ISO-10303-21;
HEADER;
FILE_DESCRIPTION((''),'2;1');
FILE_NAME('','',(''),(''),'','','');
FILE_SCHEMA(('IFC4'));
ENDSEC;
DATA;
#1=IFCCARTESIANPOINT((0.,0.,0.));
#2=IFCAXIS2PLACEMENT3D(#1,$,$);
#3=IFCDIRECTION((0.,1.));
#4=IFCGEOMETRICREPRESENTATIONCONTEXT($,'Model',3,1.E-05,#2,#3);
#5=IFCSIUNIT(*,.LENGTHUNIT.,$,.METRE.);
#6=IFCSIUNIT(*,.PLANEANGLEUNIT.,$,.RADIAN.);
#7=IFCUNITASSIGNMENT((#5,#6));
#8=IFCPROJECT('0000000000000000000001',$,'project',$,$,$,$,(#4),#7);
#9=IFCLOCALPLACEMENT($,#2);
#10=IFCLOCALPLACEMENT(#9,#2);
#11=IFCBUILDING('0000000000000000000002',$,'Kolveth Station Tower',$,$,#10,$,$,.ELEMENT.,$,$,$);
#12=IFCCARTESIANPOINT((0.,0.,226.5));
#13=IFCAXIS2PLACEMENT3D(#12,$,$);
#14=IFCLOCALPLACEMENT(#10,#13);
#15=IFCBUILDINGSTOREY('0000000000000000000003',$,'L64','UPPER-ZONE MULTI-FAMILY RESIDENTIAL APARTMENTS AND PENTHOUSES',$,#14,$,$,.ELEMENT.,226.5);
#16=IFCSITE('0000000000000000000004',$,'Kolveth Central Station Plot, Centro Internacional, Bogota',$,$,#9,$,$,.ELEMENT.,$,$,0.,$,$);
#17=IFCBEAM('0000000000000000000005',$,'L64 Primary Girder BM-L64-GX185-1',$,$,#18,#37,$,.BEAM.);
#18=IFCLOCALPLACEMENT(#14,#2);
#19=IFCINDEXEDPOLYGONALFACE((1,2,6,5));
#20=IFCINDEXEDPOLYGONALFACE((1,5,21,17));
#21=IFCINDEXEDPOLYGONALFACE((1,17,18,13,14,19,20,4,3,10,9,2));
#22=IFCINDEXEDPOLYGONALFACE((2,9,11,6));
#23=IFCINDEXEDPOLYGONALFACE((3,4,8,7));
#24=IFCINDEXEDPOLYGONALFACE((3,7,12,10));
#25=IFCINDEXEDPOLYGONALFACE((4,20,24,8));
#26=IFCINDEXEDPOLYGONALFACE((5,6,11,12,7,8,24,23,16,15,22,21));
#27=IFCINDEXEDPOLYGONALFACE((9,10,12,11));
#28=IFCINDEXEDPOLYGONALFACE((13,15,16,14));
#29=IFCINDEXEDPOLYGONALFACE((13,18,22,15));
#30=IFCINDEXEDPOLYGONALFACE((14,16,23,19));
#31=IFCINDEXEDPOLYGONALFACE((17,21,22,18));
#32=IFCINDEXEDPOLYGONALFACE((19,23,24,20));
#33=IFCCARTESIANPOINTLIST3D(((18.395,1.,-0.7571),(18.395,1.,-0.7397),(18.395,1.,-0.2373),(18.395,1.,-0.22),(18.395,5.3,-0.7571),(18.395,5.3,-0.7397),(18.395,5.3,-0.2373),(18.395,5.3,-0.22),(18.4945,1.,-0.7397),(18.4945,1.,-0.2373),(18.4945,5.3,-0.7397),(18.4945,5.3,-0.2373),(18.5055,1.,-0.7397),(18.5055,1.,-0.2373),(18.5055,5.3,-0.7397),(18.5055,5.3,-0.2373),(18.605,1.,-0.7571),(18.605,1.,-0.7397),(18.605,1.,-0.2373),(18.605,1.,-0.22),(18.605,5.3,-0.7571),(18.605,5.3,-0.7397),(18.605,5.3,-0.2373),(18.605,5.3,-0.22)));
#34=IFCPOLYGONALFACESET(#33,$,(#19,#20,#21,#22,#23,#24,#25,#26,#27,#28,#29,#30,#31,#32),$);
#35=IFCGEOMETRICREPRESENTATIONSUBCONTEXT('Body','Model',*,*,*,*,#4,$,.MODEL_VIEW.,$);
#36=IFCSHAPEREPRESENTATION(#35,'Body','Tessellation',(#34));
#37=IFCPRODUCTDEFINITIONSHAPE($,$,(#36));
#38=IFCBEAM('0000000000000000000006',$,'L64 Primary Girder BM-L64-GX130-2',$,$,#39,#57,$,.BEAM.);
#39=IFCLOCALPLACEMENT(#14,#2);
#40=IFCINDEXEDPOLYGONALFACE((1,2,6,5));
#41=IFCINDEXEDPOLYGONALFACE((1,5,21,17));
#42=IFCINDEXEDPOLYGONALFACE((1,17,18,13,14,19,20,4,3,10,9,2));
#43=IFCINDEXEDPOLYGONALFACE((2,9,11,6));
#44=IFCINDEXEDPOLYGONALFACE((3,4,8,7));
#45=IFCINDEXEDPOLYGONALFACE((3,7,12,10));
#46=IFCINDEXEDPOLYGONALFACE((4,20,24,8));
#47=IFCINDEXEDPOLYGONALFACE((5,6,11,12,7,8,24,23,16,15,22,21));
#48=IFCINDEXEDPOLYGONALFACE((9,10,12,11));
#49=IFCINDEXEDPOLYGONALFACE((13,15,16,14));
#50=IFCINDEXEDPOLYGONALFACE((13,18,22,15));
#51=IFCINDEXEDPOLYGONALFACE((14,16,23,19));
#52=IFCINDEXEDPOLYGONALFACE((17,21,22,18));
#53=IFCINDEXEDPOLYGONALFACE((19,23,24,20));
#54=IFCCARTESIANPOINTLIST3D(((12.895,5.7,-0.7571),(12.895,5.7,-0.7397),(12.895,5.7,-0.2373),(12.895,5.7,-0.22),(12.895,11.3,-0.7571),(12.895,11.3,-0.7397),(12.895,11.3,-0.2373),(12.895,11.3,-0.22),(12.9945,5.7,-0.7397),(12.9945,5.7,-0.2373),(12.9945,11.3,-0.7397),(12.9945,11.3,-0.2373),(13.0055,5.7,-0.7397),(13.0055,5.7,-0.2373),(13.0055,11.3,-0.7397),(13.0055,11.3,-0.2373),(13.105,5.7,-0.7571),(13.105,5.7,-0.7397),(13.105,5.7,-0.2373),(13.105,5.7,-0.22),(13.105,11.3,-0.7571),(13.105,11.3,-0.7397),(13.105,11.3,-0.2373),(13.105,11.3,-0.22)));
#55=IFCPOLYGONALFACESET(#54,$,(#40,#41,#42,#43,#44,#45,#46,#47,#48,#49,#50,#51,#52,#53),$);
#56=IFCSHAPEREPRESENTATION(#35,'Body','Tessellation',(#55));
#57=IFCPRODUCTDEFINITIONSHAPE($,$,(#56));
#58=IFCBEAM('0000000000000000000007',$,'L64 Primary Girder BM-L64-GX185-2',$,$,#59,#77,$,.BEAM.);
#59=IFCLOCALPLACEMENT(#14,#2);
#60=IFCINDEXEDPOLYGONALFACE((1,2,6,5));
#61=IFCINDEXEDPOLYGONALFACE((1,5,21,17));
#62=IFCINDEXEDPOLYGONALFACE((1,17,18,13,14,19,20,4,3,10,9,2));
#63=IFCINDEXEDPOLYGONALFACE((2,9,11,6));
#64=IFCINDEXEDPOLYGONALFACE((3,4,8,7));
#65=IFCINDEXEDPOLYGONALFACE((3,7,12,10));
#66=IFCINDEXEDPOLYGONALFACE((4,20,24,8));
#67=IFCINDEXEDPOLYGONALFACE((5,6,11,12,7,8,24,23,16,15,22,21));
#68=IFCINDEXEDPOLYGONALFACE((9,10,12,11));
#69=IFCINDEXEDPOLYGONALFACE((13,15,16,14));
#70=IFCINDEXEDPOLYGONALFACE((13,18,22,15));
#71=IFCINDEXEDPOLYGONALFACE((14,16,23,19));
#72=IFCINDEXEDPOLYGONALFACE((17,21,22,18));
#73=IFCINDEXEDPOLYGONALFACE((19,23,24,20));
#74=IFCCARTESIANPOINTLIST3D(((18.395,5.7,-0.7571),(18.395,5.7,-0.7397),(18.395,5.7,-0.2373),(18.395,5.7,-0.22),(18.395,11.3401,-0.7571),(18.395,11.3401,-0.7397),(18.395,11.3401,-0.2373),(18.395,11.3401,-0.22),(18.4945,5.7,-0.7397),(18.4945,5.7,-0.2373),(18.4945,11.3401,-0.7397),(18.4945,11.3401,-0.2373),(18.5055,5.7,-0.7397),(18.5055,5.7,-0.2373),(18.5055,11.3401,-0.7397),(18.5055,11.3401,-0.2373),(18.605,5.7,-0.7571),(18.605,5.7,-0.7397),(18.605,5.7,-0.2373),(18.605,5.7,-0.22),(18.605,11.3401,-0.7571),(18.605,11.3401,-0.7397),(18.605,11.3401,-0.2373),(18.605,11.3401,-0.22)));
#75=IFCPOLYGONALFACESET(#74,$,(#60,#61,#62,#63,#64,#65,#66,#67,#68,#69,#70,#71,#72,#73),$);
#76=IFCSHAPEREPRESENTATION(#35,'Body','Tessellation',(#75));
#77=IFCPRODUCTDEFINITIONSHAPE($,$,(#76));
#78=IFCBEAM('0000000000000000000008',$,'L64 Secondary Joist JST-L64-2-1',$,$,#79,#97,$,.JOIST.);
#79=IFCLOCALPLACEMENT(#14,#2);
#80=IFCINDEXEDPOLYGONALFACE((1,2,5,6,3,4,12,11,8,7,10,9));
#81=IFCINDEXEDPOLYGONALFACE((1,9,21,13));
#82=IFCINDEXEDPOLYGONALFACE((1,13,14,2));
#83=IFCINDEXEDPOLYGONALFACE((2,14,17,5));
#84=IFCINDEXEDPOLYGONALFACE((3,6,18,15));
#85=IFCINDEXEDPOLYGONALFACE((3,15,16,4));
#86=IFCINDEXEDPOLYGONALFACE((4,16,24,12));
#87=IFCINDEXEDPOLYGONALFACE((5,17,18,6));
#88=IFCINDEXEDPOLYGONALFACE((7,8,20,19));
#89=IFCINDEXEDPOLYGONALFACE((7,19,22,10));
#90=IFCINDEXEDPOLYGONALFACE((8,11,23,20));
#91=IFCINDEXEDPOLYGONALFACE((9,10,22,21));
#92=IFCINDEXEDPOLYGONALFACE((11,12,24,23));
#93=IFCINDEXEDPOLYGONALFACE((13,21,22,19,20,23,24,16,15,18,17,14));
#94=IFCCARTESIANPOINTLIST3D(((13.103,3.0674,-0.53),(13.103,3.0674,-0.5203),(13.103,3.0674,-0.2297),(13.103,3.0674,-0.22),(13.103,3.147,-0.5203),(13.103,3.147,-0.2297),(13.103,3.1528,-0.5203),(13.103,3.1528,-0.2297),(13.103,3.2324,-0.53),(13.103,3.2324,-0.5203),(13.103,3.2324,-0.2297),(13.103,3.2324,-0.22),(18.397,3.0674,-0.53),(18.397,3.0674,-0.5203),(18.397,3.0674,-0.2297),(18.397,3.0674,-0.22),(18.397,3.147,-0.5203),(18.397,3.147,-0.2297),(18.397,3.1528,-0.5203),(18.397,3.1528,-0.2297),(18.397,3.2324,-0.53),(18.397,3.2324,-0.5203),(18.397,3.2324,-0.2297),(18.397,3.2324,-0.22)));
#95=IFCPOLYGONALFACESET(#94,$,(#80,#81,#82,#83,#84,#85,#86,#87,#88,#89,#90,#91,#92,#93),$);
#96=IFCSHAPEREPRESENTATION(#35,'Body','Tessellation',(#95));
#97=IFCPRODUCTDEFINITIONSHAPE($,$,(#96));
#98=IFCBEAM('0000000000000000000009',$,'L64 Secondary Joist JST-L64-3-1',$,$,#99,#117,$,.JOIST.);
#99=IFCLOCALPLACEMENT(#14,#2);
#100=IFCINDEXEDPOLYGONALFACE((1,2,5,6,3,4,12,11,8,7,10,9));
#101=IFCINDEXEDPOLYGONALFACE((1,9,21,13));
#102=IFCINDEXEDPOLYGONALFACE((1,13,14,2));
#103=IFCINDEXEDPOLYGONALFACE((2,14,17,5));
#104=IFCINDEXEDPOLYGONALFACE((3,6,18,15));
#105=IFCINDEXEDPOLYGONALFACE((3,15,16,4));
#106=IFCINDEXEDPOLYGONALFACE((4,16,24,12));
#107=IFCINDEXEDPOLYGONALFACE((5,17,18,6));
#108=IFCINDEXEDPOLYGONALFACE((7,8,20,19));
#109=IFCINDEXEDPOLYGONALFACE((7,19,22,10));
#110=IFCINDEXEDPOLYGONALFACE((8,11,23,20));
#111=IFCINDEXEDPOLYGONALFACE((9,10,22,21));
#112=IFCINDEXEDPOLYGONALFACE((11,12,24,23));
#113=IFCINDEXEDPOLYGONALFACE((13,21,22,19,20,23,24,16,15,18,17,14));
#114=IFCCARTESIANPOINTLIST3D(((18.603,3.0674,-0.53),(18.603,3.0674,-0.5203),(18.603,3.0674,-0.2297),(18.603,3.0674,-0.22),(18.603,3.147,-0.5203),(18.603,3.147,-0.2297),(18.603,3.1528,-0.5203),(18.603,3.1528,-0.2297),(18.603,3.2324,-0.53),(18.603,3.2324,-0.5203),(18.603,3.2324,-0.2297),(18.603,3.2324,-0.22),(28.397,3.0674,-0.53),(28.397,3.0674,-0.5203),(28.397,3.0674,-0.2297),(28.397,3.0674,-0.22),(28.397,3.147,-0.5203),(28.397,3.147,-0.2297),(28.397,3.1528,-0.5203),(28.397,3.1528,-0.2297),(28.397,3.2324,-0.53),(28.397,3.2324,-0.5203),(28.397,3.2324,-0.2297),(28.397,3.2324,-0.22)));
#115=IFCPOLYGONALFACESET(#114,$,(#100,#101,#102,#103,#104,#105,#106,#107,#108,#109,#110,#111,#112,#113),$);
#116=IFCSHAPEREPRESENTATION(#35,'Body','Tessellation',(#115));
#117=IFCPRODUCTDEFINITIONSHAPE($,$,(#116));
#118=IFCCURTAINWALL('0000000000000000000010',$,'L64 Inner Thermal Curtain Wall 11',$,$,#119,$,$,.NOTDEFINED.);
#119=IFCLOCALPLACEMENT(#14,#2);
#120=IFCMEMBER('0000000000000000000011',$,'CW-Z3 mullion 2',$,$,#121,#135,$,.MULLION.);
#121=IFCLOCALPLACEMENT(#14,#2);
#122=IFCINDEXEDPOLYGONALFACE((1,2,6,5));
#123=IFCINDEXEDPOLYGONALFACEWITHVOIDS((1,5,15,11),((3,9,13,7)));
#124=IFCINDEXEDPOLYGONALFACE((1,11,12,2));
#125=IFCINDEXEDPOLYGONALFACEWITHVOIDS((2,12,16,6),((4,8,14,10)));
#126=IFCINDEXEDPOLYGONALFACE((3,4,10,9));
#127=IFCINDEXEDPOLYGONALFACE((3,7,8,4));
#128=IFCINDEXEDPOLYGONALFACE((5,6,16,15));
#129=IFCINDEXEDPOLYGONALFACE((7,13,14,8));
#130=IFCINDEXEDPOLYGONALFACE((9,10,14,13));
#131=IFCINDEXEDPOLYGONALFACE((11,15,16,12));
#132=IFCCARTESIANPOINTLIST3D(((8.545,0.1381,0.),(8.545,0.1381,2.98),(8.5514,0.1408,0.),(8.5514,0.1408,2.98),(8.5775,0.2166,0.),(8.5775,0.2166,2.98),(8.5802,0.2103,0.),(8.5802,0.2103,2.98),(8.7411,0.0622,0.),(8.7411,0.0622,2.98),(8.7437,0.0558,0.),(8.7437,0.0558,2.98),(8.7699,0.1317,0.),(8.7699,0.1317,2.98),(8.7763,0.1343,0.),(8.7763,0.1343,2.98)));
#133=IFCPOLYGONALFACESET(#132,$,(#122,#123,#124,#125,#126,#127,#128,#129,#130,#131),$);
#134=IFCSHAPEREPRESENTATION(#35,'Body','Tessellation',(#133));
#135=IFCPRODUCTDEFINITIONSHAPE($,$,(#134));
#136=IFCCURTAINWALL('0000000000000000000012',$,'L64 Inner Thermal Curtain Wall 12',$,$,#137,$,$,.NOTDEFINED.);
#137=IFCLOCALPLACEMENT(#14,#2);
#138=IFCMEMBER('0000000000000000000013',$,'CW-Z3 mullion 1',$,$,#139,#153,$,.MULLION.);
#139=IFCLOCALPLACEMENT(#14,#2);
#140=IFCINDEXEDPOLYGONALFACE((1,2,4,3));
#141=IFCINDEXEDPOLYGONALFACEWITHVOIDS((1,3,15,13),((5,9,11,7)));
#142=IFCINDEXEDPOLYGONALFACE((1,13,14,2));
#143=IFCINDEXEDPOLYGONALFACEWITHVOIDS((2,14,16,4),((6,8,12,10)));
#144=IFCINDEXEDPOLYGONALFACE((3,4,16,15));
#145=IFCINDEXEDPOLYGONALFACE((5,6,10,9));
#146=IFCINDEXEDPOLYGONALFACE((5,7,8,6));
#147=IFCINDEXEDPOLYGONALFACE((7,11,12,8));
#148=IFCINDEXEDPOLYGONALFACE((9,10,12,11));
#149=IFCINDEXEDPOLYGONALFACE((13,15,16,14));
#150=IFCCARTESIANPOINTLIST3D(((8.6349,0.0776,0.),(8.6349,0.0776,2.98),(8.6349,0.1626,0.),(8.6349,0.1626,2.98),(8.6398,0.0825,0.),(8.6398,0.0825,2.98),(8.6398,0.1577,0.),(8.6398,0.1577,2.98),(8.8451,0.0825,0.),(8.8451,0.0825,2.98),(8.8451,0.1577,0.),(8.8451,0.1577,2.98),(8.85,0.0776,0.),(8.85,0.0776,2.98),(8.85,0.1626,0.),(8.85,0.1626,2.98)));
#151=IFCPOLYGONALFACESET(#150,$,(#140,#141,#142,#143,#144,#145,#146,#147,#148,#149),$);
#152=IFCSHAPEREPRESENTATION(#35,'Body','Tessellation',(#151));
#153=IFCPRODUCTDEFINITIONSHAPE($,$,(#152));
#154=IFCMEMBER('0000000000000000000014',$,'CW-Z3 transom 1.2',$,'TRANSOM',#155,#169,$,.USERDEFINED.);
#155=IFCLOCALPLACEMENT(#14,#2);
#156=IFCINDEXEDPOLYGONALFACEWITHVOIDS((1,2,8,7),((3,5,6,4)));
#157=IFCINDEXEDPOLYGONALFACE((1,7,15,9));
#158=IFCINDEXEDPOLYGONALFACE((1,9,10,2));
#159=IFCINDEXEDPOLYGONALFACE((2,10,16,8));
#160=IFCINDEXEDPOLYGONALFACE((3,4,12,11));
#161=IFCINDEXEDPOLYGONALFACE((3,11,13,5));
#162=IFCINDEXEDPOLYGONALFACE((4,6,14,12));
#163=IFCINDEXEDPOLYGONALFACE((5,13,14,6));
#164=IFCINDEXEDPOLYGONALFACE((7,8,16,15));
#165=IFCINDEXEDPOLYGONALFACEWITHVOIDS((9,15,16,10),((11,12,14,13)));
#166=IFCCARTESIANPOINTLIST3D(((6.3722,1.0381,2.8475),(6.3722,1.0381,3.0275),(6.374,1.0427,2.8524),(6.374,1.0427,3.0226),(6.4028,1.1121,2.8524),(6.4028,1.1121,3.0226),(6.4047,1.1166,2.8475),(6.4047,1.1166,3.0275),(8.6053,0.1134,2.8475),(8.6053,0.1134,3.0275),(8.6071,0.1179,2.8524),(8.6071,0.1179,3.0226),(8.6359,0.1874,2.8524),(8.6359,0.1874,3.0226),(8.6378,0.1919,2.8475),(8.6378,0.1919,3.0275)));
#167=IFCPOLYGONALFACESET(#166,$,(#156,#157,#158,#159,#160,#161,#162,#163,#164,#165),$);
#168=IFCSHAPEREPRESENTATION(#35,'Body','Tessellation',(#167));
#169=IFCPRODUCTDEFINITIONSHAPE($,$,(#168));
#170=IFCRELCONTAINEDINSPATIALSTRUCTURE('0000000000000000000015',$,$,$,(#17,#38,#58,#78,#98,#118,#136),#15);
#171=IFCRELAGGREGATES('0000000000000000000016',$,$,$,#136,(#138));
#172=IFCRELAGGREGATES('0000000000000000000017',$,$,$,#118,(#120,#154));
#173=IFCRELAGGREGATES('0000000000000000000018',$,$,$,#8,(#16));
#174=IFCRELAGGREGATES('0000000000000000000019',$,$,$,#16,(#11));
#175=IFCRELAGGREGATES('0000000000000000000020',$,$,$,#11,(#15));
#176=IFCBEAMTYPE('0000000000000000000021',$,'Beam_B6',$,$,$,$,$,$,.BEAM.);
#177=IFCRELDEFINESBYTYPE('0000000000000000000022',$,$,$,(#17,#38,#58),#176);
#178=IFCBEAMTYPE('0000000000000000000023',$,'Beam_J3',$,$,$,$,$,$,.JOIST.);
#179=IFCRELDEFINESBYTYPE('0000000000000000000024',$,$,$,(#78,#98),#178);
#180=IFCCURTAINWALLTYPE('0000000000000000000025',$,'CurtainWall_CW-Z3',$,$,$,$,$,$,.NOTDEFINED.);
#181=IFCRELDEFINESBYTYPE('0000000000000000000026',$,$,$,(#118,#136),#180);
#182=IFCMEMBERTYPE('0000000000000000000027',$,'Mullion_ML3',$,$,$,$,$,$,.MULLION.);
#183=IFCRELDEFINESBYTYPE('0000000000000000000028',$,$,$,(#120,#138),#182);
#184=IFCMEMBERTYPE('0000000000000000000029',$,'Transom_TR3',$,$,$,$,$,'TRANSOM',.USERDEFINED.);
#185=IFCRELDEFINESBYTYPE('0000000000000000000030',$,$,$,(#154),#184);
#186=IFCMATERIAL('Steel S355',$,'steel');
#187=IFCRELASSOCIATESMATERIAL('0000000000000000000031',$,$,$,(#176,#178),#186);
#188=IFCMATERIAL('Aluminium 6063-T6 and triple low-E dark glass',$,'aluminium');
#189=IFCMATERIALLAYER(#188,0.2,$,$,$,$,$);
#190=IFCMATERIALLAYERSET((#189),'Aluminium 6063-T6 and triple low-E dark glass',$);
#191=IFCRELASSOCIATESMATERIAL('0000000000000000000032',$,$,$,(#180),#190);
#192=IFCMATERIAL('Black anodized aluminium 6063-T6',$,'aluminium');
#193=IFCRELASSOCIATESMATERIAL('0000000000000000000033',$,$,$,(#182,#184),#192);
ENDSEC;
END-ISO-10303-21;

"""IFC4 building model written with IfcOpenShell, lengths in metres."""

from ifc_helpers import new_model, si_unit, direction, frame, origin, origin_2d, place, context, subcontext, project, spatial, hollow_rectangle, i_section, extrude, source, transform, mapped, material, layer, layer_set, material_profile, profile_set, type_object, element, aggregate, save


model = new_model("IFC4")

# Units and contexts
model_context = context("Model", 3, precision=1e-05, world=origin(), true_north=direction((0.0, 1.0)))
body_context = subcontext(model_context, "Body", "Model", "MODEL_VIEW")
ifc_project = project(units=[si_unit("LENGTHUNIT", "METRE"), si_unit("PLANEANGLEUNIT", "RADIAN")], contexts=[model_context])

# Site, building, storey
site_placement = place(None, origin())
site = spatial("IfcSite", under=ifc_project, at=site_placement, Name="Kolveth Central Station Plot, Centro Internacional, Bogota", CompositionType="ELEMENT", RefElevation=0.0)
building_placement = place(site_placement, origin())
building = spatial("IfcBuilding", under=site, at=building_placement, Name="Kolveth Station Tower", CompositionType="ELEMENT")
storey_placement = place(building_placement, frame((0.0, 0.0, 226.5)))
storey = spatial("IfcBuildingStorey", under=building, at=storey_placement, Name="L64", Description="UPPER-ZONE MULTI-FAMILY RESIDENTIAL APARTMENTS AND PENTHOUSES", CompositionType="ELEMENT", Elevation=226.5)

# Shared definitions
ifc_material_1 = material(Name="Steel S355", Category="steel")

# Beams
ifc_material_profile_1 = material_profile(ifc_material_1, i_section(OverallWidth=0.21, OverallDepth=0.5371, WebThickness=0.011, FlangeThickness=0.0173, at=origin_2d()), Name="W530x101")
ifc_profile_set_1 = profile_set([ifc_material_profile_1], Name="Steel S355")
beam_type_1 = type_object("IfcBeamType", Name="Beam_B6", PredefinedType="BEAM", material=ifc_profile_set_1)
shared_shape_1 = source(origin(), body_context, "Body", "SweptSolid", [
    extrude(i_section(OverallWidth=0.21, OverallDepth=0.5371, WebThickness=0.011, FlangeThickness=0.0173, at=origin_2d()), origin(), (0.0, 0.0, 1.0), 4.3),
])
for number, where, z_axis, x_axis, name in (
    (1, (18.5, 1.0, -0.4885), (0.0, 1.0, 0.0), (-1.0, 0.0, 0.0), "L64 Primary Girder BM-L64-GX185-1"),
):
    element("IfcBeam", number, at=place(storey_placement, frame(where, z_axis=z_axis, x_axis=x_axis)), inside=storey, type_object=beam_type_1, Name=name, PredefinedType="BEAM", context=body_context, shape_type="MappedRepresentation", body=[
        mapped(shared_shape_1, transform((0.0, 0.0, 0.0), x_axis=(1.0, 0.0, 0.0), y_axis=(0.0, 1.0, 0.0), z_axis=(0.0, 0.0, 1.0), scale=1.0)),
    ])
shared_shape_2 = source(origin(), body_context, "Body", "SweptSolid", [
    extrude(i_section(OverallWidth=0.21, OverallDepth=0.5371, WebThickness=0.011, FlangeThickness=0.0173, at=origin_2d()), origin(), (0.0, 0.0, 1.0), 5.6001),
])
beam_1_placement = place(storey_placement, frame((13.0, 5.7, -0.4885), z_axis=(0.0, 1.0, 0.0), x_axis=(-1.0, 0.0, 0.0)))
element("IfcBeam", 2, at=beam_1_placement, inside=storey, type_object=beam_type_1, Name="L64 Primary Girder BM-L64-GX130-2", PredefinedType="BEAM", context=body_context, shape_type="MappedRepresentation", body=[
    mapped(shared_shape_2, transform((0.0, 0.0, 0.0), x_axis=(1.0, 0.0, 0.0), y_axis=(0.0, 1.0, 0.0), z_axis=(0.0, 0.0, 1.0), scale=1.0)),
])
shared_shape_3 = source(origin(), body_context, "Body", "SweptSolid", [
    extrude(i_section(OverallWidth=0.21, OverallDepth=0.5371, WebThickness=0.011, FlangeThickness=0.0173, at=origin_2d()), origin(), (0.0, 0.0, 1.0), 5.6401),
])
beam_2_placement = place(storey_placement, frame((18.5, 5.7, -0.4885), z_axis=(0.0, 1.0, 0.0), x_axis=(-1.0, 0.0, 0.0)))
element("IfcBeam", 3, at=beam_2_placement, inside=storey, type_object=beam_type_1, Name="L64 Primary Girder BM-L64-GX185-2", PredefinedType="BEAM", context=body_context, shape_type="MappedRepresentation", body=[
    mapped(shared_shape_3, transform((0.0, 0.0, 0.0), x_axis=(1.0, 0.0, 0.0), y_axis=(0.0, 1.0, 0.0), z_axis=(0.0, 0.0, 1.0), scale=1.0)),
])
ifc_material_profile_2 = material_profile(ifc_material_1, i_section(OverallWidth=0.165, OverallDepth=0.3101, WebThickness=0.0059, FlangeThickness=0.0098, at=origin_2d()), Name="W310x39")
ifc_profile_set_2 = profile_set([ifc_material_profile_2], Name="Steel S355")
beam_type_2 = type_object("IfcBeamType", Name="Beam_J3", PredefinedType="JOIST", material=ifc_profile_set_2)
shared_shape_4 = source(origin(), body_context, "Body", "SweptSolid", [
    extrude(i_section(OverallWidth=0.165, OverallDepth=0.3101, WebThickness=0.0059, FlangeThickness=0.0098, at=origin_2d()), origin(), (0.0, 0.0, 1.0), 5.2939),
])
beam_3_placement = place(storey_placement, frame((13.103, 3.1499, -0.375), z_axis=(1.0, 0.0, 0.0), x_axis=(0.0, 1.0, 0.0)))
element("IfcBeam", 4, at=beam_3_placement, inside=storey, type_object=beam_type_2, Name="L64 Secondary Joist JST-L64-2-1", PredefinedType="JOIST", context=body_context, shape_type="MappedRepresentation", body=[
    mapped(shared_shape_4, transform((0.0, 0.0, 0.0), x_axis=(1.0, 0.0, 0.0), y_axis=(0.0, 1.0, 0.0), z_axis=(0.0, 0.0, 1.0), scale=1.0)),
])
shared_shape_5 = source(origin(), body_context, "Body", "SweptSolid", [
    extrude(i_section(OverallWidth=0.165, OverallDepth=0.3101, WebThickness=0.0059, FlangeThickness=0.0098, at=origin_2d()), origin(), (0.0, 0.0, 1.0), 9.7939),
])
beam_4_placement = place(storey_placement, frame((18.603, 3.1499, -0.375), z_axis=(1.0, 0.0, 0.0), x_axis=(0.0, 1.0, 0.0)))
element("IfcBeam", 5, at=beam_4_placement, inside=storey, type_object=beam_type_2, Name="L64 Secondary Joist JST-L64-3-1", PredefinedType="JOIST", context=body_context, shape_type="MappedRepresentation", body=[
    mapped(shared_shape_5, transform((0.0, 0.0, 0.0), x_axis=(1.0, 0.0, 0.0), y_axis=(0.0, 1.0, 0.0), z_axis=(0.0, 0.0, 1.0), scale=1.0)),
])

# Curtain walls, members
ifc_material_2 = material(Name="Aluminium 6063-T6 and triple low-E dark glass", Category="aluminium")
ifc_layer_1 = layer(ifc_material_2, 0.2)
ifc_layer_set_1 = layer_set([ifc_layer_1], Name="Aluminium 6063-T6 and triple low-E dark glass")
curtain_wall_type = type_object("IfcCurtainWallType", Name="CurtainWall_CW-Z3", PredefinedType="NOTDEFINED", material=ifc_layer_set_1)
curtain_wall_1_placement = place(storey_placement, origin())
curtain_wall_1 = element("IfcCurtainWall", 6, at=curtain_wall_1_placement, inside=storey, type_object=curtain_wall_type, Name="L64 Inner Thermal Curtain Wall 11", PredefinedType="NOTDEFINED")
ifc_material_3 = material(Name="Black anodized aluminium 6063-T6", Category="aluminium")
ifc_material_profile_3 = material_profile(ifc_material_3, hollow_rectangle(XDim=0.085, YDim=0.2151, WallThickness=0.0049, at=origin_2d()), Name="ALU-85x215x5")
ifc_profile_set_3 = profile_set([ifc_material_profile_3], Name="Black anodized aluminium 6063-T6")
member_type_1 = type_object("IfcMemberType", Name="Mullion_ML3", PredefinedType="MULLION", material=ifc_profile_set_3)
shared_shape_6 = source(origin(), body_context, "Body", "SweptSolid", [
    extrude(hollow_rectangle(XDim=0.085, YDim=0.2151, WallThickness=0.0049, at=origin_2d()), origin(), (0.0, 0.0, 1.0), 2.98),
])
member_1_placement = place(storey_placement, frame((8.6606, 0.1362, 0.0), z_axis=(0.0, 0.0, 1.0), x_axis=(0.382693, 0.923875, 0.0)))
member_1 = element("IfcMember", 7, at=member_1_placement, type_object=member_type_1, Name="CW-Z3 mullion 2", PredefinedType="MULLION", context=body_context, shape_type="MappedRepresentation", body=[
    mapped(shared_shape_6, transform((0.0, 0.0, 0.0), x_axis=(1.0, 0.0, 0.0), y_axis=(0.0, 1.0, 0.0), z_axis=(0.0, 0.0, 1.0), scale=1.0)),
])
curtain_wall_2_placement = place(storey_placement, origin())
curtain_wall_2 = element("IfcCurtainWall", 8, at=curtain_wall_2_placement, inside=storey, type_object=curtain_wall_type, Name="L64 Inner Thermal Curtain Wall 12", PredefinedType="NOTDEFINED")
member_2_placement = place(storey_placement, frame((8.7424, 0.1201, 0.0), z_axis=(0.0, 0.0, 1.0), x_axis=(0.0, 1.0, 0.0)))
member_2 = element("IfcMember", 9, at=member_2_placement, type_object=member_type_1, Name="CW-Z3 mullion 1", PredefinedType="MULLION", context=body_context, shape_type="MappedRepresentation", body=[
    mapped(shared_shape_6, transform((0.0, 0.0, 0.0), x_axis=(1.0, 0.0, 0.0), y_axis=(0.0, 1.0, 0.0), z_axis=(0.0, 0.0, 1.0), scale=1.0)),
])

# Member
ifc_material_profile_4 = material_profile(ifc_material_3, hollow_rectangle(XDim=0.085, YDim=0.1799, WallThickness=0.0049, at=origin_2d()), Name="ALU-85x180x5")
ifc_profile_set_4 = profile_set([ifc_material_profile_4], Name="Black anodized aluminium 6063-T6")
member_type_2 = type_object("IfcMemberType", Name="Transom_TR3", ElementType="TRANSOM", PredefinedType="USERDEFINED", material=ifc_profile_set_4)
shared_shape_7 = source(origin(), body_context, "Body", "SweptSolid", [
    extrude(hollow_rectangle(XDim=0.085, YDim=0.1799, WallThickness=0.0049, at=origin_2d()), origin(), (0.0, 0.0, 1.0), 2.417),
])
member_3_placement = place(storey_placement, frame((6.3884, 1.0774, 2.9375), z_axis=(0.923909, -0.382613, 0.0), x_axis=(0.382613, 0.923909, 0.0)))
member_3 = element("IfcMember", 10, at=member_3_placement, type_object=member_type_2, Name="CW-Z3 transom 1.2", ObjectType="TRANSOM", PredefinedType="USERDEFINED", context=body_context, shape_type="MappedRepresentation", body=[
    mapped(shared_shape_7, transform((0.0, 0.0, 0.0), x_axis=(1.0, 0.0, 0.0), y_axis=(0.0, 1.0, 0.0), z_axis=(0.0, 0.0, 1.0), scale=1.0)),
])
aggregate(curtain_wall_2, [member_2])

aggregate(curtain_wall_1, [member_1, member_3])

save(model, "model.ifc")
